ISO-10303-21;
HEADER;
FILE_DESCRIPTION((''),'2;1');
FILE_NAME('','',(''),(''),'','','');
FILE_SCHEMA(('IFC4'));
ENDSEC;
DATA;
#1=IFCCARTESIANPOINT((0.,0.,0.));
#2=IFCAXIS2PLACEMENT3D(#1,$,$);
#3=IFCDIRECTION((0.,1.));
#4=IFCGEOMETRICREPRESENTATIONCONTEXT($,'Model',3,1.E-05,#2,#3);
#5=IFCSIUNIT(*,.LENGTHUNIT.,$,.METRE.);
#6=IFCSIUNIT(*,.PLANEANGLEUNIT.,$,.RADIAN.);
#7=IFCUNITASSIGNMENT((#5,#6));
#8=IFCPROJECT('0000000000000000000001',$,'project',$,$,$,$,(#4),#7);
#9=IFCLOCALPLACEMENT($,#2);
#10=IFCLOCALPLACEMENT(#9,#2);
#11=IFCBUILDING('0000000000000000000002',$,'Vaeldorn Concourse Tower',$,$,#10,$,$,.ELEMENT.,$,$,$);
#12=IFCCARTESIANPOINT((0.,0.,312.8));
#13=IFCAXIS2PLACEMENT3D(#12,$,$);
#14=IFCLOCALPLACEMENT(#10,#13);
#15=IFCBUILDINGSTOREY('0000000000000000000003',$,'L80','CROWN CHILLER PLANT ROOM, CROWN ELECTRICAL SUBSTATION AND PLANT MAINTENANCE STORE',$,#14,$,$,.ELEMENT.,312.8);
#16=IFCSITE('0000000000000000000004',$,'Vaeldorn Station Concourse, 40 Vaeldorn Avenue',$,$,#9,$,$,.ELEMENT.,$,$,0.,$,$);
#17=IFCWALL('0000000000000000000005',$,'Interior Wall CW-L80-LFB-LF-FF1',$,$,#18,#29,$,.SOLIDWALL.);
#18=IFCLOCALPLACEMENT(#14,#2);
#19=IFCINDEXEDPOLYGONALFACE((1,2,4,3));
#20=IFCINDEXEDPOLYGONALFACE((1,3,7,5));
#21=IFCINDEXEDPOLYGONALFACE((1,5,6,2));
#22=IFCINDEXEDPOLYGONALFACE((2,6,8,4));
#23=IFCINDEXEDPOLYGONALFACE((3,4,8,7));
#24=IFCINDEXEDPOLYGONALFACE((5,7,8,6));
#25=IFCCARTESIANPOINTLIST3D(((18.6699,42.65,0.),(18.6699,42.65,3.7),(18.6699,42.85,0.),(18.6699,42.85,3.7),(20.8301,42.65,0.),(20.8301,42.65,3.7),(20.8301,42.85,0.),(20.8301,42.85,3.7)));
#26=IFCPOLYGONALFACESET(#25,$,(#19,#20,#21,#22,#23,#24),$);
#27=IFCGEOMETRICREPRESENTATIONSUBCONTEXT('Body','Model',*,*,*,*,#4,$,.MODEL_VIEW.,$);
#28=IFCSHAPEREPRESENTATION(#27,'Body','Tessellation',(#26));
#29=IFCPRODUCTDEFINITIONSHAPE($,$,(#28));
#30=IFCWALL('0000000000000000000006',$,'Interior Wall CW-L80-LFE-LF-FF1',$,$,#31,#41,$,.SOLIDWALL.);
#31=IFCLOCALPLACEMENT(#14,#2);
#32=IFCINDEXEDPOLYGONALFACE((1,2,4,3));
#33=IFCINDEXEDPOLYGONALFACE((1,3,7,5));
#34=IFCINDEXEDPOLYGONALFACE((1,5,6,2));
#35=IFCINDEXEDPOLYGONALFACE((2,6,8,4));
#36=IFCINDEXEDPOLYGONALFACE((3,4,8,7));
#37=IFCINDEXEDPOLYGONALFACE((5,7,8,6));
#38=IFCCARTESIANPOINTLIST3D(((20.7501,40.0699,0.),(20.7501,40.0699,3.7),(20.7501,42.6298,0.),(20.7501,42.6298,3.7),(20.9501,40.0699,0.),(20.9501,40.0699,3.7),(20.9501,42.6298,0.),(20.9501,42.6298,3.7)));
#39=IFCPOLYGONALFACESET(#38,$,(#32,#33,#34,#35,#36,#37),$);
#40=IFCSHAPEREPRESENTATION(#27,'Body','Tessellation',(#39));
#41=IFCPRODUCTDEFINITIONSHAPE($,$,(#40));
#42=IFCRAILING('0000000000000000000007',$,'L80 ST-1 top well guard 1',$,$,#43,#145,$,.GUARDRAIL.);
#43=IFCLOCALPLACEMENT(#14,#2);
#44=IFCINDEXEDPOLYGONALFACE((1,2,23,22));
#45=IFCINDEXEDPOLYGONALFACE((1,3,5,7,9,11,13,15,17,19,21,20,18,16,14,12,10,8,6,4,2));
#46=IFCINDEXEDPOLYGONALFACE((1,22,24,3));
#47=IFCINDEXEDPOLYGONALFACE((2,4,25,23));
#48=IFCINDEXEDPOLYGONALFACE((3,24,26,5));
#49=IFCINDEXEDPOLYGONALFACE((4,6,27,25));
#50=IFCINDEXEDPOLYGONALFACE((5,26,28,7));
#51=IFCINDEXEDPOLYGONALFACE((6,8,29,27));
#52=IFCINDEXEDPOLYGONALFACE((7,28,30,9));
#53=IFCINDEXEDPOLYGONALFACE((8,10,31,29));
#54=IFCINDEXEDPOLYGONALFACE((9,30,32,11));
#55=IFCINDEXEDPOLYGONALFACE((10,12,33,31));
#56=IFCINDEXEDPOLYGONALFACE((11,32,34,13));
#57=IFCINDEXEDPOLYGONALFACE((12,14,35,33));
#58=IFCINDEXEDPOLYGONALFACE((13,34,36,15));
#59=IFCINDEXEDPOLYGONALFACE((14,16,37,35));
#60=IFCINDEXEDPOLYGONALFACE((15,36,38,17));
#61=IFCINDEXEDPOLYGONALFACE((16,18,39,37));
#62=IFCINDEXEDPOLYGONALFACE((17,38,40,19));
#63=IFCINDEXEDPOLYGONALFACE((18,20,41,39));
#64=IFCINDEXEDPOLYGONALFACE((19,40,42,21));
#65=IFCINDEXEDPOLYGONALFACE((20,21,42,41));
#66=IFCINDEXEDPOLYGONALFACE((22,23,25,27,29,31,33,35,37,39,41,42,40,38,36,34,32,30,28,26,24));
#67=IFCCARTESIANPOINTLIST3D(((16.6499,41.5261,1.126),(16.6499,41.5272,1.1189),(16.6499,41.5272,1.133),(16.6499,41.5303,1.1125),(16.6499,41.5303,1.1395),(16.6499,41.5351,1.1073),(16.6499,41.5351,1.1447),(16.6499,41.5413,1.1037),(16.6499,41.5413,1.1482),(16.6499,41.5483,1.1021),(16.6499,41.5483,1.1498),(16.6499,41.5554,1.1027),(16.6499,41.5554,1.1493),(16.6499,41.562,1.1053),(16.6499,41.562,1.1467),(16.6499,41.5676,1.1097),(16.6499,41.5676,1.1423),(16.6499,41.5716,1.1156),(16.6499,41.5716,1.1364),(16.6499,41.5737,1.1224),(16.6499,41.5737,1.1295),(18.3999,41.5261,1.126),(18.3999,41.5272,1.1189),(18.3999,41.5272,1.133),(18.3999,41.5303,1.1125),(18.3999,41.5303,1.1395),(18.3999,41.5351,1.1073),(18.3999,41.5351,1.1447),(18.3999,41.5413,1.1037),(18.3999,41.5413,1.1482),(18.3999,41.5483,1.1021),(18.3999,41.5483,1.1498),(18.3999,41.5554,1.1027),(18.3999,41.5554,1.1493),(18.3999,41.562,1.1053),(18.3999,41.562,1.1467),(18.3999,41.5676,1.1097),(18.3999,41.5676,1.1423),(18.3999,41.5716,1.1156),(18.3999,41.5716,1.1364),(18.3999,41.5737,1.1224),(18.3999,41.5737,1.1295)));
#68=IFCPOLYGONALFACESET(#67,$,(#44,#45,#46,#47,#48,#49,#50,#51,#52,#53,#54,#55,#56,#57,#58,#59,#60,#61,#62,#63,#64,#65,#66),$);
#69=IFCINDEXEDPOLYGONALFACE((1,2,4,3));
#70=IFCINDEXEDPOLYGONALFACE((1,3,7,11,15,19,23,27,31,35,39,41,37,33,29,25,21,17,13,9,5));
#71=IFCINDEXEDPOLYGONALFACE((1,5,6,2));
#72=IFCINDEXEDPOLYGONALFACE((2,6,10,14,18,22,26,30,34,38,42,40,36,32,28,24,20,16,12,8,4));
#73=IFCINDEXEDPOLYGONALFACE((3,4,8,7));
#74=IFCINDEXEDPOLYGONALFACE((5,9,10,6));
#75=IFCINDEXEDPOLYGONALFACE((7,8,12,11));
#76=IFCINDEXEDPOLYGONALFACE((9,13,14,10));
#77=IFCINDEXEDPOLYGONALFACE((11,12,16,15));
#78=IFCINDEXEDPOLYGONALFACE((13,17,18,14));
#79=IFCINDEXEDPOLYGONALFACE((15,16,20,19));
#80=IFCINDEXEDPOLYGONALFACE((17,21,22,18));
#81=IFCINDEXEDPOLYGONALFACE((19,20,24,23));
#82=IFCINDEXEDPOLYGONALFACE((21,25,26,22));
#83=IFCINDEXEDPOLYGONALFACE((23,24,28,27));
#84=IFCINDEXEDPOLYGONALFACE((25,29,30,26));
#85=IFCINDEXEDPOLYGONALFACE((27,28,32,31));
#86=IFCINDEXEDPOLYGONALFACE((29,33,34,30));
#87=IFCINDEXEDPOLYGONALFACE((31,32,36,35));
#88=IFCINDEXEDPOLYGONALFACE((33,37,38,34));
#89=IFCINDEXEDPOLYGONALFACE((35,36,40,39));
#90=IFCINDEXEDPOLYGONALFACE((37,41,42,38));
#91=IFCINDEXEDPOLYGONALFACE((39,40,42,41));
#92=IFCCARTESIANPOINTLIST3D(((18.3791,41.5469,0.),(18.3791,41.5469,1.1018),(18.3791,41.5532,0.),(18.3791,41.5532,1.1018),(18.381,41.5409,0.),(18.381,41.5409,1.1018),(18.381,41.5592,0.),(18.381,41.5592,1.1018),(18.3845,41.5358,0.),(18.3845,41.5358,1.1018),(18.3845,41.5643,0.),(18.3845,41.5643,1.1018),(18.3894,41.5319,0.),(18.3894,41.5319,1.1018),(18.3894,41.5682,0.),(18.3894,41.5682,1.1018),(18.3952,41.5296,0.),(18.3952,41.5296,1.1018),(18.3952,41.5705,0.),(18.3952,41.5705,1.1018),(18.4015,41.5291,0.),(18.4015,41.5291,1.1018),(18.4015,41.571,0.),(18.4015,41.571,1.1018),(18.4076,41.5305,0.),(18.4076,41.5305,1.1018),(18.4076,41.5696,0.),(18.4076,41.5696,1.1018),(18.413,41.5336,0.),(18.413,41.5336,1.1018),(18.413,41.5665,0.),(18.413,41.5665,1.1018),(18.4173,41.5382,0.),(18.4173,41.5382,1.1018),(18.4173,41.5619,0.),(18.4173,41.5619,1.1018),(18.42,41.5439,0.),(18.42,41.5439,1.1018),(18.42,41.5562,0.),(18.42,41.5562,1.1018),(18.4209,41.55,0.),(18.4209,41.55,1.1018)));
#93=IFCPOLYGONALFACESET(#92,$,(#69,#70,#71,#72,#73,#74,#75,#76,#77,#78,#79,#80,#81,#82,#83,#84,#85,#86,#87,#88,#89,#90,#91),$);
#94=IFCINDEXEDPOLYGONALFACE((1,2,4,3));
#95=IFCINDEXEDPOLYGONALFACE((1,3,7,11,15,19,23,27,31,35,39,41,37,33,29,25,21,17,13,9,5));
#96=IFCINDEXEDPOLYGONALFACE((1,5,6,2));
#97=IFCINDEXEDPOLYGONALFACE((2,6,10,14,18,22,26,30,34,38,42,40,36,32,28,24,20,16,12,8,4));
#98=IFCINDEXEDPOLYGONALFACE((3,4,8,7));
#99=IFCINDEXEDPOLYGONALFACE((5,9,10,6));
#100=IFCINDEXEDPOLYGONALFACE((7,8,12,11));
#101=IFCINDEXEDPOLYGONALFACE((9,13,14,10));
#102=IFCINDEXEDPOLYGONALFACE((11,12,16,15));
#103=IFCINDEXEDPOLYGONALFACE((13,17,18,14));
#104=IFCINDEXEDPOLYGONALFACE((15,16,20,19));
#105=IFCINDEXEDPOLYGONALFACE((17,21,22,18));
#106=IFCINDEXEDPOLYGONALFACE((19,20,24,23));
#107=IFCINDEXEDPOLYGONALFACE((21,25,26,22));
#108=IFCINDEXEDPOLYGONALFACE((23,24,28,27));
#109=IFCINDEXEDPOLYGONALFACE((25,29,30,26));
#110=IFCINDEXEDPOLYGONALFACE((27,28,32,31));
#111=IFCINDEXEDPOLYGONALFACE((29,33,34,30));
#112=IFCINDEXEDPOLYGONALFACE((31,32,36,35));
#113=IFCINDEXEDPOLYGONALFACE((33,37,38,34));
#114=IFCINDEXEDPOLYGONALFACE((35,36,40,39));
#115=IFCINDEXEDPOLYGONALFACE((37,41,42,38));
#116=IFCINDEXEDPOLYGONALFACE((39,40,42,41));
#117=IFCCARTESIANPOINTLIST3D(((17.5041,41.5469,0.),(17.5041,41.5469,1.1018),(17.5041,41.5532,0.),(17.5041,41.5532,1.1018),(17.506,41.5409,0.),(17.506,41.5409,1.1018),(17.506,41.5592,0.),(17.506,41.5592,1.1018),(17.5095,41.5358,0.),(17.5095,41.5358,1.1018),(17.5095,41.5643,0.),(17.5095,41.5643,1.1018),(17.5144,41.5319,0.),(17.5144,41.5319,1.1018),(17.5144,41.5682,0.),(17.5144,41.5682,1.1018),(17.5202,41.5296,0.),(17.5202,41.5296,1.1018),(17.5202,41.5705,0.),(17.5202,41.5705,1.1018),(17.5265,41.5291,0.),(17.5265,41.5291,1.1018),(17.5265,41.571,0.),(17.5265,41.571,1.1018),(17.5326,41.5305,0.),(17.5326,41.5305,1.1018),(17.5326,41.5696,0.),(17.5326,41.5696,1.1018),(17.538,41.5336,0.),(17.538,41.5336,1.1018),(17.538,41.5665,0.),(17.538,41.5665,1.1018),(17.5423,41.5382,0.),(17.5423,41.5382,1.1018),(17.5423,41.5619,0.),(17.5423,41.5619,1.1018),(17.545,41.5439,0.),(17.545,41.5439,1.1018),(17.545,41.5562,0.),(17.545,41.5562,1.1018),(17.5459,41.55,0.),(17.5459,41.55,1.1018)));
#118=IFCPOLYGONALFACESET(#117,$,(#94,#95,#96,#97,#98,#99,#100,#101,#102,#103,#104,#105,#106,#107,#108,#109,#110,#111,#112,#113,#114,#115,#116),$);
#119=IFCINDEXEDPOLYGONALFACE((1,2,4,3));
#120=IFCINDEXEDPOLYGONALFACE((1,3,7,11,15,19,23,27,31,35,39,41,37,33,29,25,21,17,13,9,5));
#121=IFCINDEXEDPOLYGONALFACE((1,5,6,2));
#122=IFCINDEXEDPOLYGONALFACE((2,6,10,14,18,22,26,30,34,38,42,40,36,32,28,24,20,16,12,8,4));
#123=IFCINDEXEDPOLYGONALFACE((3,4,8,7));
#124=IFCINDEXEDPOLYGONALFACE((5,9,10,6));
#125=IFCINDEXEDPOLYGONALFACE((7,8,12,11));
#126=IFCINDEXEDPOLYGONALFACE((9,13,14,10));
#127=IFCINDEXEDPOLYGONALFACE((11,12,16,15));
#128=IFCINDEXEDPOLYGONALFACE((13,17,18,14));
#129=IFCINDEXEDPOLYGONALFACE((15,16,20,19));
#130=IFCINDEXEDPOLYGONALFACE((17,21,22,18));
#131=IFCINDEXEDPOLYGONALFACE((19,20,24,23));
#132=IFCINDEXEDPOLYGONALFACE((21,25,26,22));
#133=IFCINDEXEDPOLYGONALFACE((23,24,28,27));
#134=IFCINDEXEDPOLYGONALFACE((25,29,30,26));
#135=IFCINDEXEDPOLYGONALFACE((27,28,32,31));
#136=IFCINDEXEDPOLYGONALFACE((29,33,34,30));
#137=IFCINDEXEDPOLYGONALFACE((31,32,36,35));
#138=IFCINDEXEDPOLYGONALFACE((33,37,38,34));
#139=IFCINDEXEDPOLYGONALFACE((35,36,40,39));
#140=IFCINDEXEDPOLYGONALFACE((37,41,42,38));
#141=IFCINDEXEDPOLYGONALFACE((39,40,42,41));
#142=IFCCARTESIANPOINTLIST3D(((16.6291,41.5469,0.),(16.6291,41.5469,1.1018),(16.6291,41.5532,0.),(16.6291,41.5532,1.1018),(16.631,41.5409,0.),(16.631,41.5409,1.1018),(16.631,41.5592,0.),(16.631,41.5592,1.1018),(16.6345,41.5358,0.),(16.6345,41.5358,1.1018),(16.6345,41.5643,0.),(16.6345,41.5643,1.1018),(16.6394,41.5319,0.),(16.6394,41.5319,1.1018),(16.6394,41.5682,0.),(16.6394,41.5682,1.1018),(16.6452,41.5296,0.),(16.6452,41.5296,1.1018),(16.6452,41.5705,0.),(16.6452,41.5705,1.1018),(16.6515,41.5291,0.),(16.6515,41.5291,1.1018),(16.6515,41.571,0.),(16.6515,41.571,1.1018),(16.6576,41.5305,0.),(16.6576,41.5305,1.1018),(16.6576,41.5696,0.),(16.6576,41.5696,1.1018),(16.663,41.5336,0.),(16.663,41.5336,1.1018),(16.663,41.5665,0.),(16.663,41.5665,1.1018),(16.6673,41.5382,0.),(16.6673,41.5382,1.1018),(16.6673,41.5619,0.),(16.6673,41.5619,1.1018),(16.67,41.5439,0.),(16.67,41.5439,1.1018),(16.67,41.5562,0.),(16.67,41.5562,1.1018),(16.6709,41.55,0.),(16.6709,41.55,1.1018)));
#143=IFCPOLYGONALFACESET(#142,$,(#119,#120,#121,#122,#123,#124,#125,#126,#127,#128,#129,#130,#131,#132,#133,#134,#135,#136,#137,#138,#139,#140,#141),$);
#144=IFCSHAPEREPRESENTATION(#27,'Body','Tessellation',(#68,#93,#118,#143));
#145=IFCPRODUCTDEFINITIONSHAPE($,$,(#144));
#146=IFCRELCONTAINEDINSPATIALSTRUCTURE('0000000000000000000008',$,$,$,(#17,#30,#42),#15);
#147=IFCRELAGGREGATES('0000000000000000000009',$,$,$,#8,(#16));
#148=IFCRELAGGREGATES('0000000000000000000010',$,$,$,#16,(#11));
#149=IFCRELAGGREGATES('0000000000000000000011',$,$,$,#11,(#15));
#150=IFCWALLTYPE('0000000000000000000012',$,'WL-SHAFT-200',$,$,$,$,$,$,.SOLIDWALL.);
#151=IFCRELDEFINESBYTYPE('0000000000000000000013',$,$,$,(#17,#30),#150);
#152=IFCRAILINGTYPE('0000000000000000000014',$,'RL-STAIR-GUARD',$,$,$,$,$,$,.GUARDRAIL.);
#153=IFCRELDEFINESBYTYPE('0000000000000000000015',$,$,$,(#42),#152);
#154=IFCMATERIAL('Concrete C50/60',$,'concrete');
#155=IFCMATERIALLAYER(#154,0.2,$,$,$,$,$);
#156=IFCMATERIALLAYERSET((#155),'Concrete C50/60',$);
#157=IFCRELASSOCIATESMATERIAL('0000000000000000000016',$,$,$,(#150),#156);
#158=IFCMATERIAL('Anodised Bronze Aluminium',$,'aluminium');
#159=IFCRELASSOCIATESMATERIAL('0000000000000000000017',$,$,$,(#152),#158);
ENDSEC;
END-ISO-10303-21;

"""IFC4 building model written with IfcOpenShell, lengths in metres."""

from ifc_helpers import new_model, si_unit, direction, frame, frame_2d, origin, origin_2d, place, context, subcontext, project, spatial, rectangle, circle, extrude, material, layer, layer_set, type_object, element, save


model = new_model("IFC4")

# Units and contexts
model_context = context("Model", 3, precision=1e-05, world=origin(), true_north=direction((0.0, 1.0)))
body_context = subcontext(model_context, "Body", "Model", "MODEL_VIEW")
ifc_project = project(units=[si_unit("LENGTHUNIT", "METRE"), si_unit("PLANEANGLEUNIT", "RADIAN")], contexts=[model_context])

# Site, building, storey
site_placement = place(None, origin())
site = spatial("IfcSite", under=ifc_project, at=site_placement, Name="Vaeldorn Station Concourse, 40 Vaeldorn Avenue", CompositionType="ELEMENT", RefElevation=0.0)
building_placement = place(site_placement, origin())
building = spatial("IfcBuilding", under=site, at=building_placement, Name="Vaeldorn Concourse Tower", CompositionType="ELEMENT")
storey_placement = place(building_placement, frame((0.0, 0.0, 312.8)))
storey = spatial("IfcBuildingStorey", under=building, at=storey_placement, Name="L80", Description="CROWN CHILLER PLANT ROOM, CROWN ELECTRICAL SUBSTATION AND PLANT MAINTENANCE STORE", CompositionType="ELEMENT", Elevation=312.8)

# Shared definitions
ifc_material_1 = material(Name="Concrete C50/60", Category="concrete")

# Shared definitions
ifc_layer_1 = layer(ifc_material_1, 0.2)
ifc_layer_set_1 = layer_set([ifc_layer_1], Name="Concrete C50/60")
wall_type_1 = type_object("IfcWallType", Name="WL-SHAFT-200", PredefinedType="SOLIDWALL", material=ifc_layer_set_1)

# Shared definitions
ifc_material_2 = material(Name="Anodised Bronze Aluminium", Category="aluminium")

# Walls
wall_1_placement = place(storey_placement, frame((18.6699, 42.75, 0.0), z_axis=(0.0, 0.0, 1.0), x_axis=(1.0, 0.0, 0.0)))
element("IfcWall", 1, at=wall_1_placement, inside=storey, type_object=wall_type_1, Name="Interior Wall CW-L80-LFB-LF-FF1", PredefinedType="SOLIDWALL", context=body_context, shape_type="SweptSolid", body=[
    extrude(rectangle(XDim=2.1602, YDim=0.2, at=frame_2d((1.0801, 0.0))), origin(), (0.0, 0.0, 1.0), 3.7),
])
wall_2_placement = place(storey_placement, frame((20.8501, 40.0701, 0.0), z_axis=(0.0, 0.0, 1.0), x_axis=(0.0, 1.0, 0.0)))
element("IfcWall", 2, at=wall_2_placement, inside=storey, type_object=wall_type_1, Name="Interior Wall CW-L80-LFE-LF-FF1", PredefinedType="SOLIDWALL", context=body_context, shape_type="SweptSolid", body=[
    extrude(rectangle(XDim=2.5598, YDim=0.2, at=frame_2d((1.2798, 0.0))), origin(), (0.0, 0.0, 1.0), 3.7),
])

# Railing
railing_type = type_object("IfcRailingType", Name="RL-STAIR-GUARD", PredefinedType="GUARDRAIL", material=ifc_material_2)
railing_placement = place(storey_placement, frame((18.3999, 41.55, 0.0)))
element("IfcRailing", 3, at=railing_placement, inside=storey, type_object=railing_type, Name="L80 ST-1 top well guard 1", PredefinedType="GUARDRAIL", context=body_context, shape_type="SweptSolid", body=[
    extrude(circle(Radius=0.0239, at=origin_2d()), frame((0.0, 0.0, 1.126), z_axis=(-1.0, 0.0, 0.0), x_axis=(0.0, -1.0, 0.0)), (0.0, 0.0, 1.0), 1.75),
    extrude(circle(Radius=0.021, at=origin_2d()), origin(), (0.0, 0.0, 1.0), 1.1018),
    extrude(circle(Radius=0.021, at=origin_2d()), frame((-0.875, 0.0, 0.0)), (0.0, 0.0, 1.0), 1.1018),
    extrude(circle(Radius=0.021, at=origin_2d()), frame((-1.75, 0.0, 0.0)), (0.0, 0.0, 1.0), 1.1018),
])

save(model, "model.ifc")
